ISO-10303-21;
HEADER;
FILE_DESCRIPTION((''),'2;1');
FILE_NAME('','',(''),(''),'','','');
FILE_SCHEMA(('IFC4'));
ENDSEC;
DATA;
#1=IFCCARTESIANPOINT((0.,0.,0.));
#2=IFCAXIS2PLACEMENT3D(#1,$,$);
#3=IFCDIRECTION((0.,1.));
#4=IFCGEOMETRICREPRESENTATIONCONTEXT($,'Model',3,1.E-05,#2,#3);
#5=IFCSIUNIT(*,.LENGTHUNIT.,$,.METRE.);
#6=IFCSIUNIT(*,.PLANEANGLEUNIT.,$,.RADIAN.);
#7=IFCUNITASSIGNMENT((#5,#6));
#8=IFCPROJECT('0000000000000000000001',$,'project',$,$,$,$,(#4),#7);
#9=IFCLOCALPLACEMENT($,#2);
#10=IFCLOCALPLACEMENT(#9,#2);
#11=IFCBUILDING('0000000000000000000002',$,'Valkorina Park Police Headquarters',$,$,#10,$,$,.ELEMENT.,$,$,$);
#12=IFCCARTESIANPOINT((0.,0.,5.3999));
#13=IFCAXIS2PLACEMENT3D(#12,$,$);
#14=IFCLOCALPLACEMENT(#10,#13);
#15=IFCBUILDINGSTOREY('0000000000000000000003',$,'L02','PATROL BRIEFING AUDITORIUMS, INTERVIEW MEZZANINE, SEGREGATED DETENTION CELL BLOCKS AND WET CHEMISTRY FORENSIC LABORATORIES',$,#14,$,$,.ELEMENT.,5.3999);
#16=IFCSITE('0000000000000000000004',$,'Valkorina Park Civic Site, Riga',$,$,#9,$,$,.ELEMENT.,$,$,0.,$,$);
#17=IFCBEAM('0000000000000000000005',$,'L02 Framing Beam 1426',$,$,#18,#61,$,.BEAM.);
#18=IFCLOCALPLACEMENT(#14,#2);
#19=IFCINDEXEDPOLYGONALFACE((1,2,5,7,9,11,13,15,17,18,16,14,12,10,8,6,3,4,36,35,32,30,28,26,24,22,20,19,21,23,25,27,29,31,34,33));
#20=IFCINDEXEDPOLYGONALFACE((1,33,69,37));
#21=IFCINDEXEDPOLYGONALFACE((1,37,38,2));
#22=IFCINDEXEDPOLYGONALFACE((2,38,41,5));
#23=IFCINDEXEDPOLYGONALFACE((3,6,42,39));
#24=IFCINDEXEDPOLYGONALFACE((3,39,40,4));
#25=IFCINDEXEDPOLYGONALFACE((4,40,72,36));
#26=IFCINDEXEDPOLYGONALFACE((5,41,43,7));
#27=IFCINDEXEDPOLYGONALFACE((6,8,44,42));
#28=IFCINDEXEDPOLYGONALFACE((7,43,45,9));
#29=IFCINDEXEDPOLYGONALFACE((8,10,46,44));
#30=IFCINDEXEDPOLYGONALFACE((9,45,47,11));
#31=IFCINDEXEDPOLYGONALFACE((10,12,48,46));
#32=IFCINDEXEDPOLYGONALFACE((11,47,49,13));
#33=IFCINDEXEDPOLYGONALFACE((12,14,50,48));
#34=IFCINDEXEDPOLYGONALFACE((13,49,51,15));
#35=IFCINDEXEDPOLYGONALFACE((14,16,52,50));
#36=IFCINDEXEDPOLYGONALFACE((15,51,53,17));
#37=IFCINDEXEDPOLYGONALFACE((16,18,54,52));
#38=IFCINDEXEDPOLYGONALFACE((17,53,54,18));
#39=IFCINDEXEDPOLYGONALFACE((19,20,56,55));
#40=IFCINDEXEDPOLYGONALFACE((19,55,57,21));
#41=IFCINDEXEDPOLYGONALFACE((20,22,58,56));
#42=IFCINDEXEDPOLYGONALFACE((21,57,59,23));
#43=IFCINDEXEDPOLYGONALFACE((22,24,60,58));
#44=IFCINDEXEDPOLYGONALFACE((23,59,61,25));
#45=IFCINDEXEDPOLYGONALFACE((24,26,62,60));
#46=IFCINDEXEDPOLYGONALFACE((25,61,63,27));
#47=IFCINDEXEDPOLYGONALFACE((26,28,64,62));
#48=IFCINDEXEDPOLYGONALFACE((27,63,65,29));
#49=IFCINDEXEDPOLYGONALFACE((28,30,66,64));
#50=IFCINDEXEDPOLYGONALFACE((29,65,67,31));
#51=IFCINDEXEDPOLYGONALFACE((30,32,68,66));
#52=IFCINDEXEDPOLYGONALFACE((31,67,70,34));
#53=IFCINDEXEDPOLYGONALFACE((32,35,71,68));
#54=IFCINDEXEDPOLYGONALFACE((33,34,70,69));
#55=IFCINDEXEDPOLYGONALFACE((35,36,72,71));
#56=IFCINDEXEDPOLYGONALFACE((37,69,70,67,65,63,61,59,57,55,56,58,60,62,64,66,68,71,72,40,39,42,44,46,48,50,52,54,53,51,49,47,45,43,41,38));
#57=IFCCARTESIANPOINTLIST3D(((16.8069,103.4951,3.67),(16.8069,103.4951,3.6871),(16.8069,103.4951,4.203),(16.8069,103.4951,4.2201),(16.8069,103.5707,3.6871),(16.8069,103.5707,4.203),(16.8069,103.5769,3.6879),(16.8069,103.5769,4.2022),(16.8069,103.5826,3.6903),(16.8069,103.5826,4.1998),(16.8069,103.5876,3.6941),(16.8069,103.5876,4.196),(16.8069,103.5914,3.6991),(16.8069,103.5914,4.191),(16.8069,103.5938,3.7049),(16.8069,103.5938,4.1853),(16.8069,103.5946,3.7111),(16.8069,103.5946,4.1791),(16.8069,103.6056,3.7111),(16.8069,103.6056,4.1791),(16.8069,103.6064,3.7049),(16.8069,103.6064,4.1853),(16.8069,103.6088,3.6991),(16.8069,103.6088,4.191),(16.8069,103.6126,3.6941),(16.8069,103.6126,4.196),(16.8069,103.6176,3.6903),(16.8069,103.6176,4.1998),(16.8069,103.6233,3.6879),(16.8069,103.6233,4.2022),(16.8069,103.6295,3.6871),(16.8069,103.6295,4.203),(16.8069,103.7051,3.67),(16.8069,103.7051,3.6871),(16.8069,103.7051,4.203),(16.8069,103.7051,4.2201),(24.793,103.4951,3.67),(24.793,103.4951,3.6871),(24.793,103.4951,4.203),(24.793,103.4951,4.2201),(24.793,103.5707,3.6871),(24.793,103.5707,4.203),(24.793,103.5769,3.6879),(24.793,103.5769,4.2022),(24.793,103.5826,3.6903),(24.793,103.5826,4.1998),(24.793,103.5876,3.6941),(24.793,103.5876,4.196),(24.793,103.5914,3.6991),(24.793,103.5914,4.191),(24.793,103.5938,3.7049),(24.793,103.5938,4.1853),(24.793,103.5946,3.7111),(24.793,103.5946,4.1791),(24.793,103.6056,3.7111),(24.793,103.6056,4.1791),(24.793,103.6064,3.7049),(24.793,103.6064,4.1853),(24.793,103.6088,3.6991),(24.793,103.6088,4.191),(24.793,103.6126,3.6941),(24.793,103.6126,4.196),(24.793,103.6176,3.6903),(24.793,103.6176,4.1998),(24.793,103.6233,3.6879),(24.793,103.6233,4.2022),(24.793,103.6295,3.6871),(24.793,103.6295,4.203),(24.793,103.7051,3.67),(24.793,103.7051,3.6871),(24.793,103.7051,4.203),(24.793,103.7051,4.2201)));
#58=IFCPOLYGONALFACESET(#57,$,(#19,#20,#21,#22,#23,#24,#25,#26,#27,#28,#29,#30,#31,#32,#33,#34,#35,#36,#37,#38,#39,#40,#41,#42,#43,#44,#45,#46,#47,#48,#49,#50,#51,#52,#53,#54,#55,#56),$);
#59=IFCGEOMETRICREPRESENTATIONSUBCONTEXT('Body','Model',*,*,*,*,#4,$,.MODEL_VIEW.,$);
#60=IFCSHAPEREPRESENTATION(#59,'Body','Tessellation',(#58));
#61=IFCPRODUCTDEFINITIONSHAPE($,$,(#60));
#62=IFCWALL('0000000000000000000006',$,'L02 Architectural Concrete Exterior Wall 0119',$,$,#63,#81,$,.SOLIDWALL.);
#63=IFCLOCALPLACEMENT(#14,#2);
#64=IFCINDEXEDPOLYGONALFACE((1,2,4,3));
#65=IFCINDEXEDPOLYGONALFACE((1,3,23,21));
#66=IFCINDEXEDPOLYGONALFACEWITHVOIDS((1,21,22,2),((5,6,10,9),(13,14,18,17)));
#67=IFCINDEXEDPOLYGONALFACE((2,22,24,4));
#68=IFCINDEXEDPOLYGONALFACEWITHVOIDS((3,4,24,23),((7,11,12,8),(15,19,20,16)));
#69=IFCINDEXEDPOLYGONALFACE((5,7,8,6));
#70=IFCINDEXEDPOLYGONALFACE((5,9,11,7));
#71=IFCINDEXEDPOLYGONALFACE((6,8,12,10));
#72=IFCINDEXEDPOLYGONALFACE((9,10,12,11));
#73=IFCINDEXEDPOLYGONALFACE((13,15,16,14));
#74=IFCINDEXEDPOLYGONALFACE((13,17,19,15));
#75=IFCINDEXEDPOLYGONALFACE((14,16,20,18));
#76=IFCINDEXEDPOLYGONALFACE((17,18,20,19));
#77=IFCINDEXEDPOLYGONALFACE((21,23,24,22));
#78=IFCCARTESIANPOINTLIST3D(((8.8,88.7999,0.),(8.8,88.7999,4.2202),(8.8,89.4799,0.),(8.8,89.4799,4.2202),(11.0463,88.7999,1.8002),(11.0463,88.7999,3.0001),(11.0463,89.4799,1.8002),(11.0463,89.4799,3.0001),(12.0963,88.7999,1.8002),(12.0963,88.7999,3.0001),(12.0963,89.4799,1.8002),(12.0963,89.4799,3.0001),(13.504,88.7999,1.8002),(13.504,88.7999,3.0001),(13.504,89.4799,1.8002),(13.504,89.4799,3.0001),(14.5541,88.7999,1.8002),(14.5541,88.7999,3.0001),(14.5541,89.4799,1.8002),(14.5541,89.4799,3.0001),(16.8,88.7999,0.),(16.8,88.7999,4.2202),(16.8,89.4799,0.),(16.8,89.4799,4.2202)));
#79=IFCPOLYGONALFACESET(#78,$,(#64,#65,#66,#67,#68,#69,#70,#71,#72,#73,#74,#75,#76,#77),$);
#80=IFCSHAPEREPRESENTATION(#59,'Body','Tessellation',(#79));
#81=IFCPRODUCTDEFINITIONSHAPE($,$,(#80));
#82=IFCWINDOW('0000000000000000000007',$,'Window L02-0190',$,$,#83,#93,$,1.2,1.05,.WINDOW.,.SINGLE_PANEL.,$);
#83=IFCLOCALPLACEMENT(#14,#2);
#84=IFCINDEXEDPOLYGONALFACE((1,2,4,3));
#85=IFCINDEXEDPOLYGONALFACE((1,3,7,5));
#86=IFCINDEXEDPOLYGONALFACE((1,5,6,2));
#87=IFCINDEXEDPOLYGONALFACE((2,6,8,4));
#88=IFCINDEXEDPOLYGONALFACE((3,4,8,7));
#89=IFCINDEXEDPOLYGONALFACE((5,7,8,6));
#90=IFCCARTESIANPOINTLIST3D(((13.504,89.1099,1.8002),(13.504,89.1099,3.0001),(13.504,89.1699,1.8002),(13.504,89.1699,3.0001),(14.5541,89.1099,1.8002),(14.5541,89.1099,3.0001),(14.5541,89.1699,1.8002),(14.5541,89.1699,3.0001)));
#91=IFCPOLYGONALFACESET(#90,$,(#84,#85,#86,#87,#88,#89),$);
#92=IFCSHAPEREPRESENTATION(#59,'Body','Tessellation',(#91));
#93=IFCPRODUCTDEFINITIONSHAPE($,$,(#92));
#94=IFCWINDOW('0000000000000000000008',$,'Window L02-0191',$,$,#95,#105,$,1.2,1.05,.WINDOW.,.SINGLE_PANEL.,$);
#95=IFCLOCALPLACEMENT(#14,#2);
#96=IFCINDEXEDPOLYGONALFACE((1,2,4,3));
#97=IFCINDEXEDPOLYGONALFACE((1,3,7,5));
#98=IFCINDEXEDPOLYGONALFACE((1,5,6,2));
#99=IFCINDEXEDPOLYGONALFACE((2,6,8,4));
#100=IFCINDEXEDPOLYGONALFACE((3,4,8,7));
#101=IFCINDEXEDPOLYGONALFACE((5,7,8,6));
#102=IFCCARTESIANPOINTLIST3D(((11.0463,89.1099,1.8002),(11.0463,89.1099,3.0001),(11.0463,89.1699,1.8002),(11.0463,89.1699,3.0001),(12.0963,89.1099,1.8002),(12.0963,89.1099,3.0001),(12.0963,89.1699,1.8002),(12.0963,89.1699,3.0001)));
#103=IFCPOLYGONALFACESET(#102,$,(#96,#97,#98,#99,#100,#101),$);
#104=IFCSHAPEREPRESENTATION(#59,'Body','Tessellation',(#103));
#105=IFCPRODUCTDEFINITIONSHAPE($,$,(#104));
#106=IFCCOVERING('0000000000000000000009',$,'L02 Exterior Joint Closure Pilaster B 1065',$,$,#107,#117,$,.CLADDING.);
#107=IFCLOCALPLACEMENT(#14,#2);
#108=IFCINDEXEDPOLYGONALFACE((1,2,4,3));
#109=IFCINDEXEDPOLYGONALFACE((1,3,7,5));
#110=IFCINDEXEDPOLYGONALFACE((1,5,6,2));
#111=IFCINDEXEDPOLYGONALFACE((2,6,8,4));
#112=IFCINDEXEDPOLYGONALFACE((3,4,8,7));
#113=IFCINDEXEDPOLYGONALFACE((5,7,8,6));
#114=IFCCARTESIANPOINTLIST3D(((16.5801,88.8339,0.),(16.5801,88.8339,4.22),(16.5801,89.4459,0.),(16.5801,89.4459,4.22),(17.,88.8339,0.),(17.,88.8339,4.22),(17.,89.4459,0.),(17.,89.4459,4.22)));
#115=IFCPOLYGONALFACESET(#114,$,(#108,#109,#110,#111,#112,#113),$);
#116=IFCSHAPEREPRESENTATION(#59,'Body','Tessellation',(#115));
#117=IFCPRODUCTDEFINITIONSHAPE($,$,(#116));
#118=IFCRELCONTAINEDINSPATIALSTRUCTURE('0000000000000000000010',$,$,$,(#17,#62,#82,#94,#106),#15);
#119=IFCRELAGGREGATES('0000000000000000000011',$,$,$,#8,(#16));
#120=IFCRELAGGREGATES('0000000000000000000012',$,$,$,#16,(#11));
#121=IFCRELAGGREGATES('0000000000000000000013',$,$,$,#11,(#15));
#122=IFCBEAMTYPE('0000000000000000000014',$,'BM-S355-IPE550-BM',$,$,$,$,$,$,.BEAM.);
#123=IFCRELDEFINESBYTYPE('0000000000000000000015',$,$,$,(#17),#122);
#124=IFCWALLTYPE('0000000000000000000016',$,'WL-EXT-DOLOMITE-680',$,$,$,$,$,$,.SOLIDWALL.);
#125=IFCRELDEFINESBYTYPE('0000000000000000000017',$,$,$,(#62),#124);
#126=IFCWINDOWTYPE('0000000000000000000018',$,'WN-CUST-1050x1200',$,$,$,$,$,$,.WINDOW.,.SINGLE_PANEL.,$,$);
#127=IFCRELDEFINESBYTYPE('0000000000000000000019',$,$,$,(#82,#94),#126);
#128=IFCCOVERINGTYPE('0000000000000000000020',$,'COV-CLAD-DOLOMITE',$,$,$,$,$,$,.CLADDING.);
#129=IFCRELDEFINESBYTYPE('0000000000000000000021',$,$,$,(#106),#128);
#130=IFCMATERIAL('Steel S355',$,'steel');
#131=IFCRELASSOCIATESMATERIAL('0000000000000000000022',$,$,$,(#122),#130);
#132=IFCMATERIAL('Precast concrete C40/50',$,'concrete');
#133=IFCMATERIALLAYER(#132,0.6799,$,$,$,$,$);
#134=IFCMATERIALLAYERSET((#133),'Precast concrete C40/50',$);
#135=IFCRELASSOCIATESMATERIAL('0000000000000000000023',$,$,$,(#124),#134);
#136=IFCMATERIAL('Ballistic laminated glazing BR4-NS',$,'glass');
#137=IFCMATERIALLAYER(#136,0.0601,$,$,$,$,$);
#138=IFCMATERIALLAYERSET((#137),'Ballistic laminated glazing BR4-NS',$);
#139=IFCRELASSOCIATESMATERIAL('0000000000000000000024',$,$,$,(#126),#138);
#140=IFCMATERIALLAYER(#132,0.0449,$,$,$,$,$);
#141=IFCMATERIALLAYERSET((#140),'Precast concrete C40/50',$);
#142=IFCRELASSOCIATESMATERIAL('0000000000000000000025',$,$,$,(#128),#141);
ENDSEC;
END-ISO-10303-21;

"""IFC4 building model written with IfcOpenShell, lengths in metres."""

from ifc_helpers import new_model, si_unit, direction, frame, frame_2d, origin, origin_2d, place, context, subcontext, project, spatial, rectangle, i_section, extrude, material, layer, layer_set, material_profile, profile_set, type_object, element, fill, save


model = new_model("IFC4")

# Units and contexts
model_context = context("Model", 3, precision=1e-05, world=origin(), true_north=direction((0.0, 1.0)))
body_context = subcontext(model_context, "Body", "Model", "MODEL_VIEW")
ifc_project = project(units=[si_unit("LENGTHUNIT", "METRE"), si_unit("PLANEANGLEUNIT", "RADIAN")], contexts=[model_context])

# Site, building, storey
site_placement = place(None, origin())
site = spatial("IfcSite", under=ifc_project, at=site_placement, Name="Valkorina Park Civic Site, Riga", CompositionType="ELEMENT", RefElevation=0.0)
building_placement = place(site_placement, origin())
building = spatial("IfcBuilding", under=site, at=building_placement, Name="Valkorina Park Police Headquarters", CompositionType="ELEMENT")
storey_placement = place(building_placement, frame((0.0, 0.0, 5.3999)))
storey = spatial("IfcBuildingStorey", under=building, at=storey_placement, Name="L02", Description="PATROL BRIEFING AUDITORIUMS, INTERVIEW MEZZANINE, SEGREGATED DETENTION CELL BLOCKS AND WET CHEMISTRY FORENSIC LABORATORIES", CompositionType="ELEMENT", Elevation=5.3999)

# Shared definitions
ifc_material_1 = material(Name="Steel S355", Category="steel")

# Beam
ifc_material_profile_1 = material_profile(ifc_material_1, i_section(OverallWidth=0.21, OverallDepth=0.55, WebThickness=0.011, FlangeThickness=0.0171, FilletRadius=0.0239, at=origin_2d()), Name="IPE 550")
ifc_profile_set_1 = profile_set([ifc_material_profile_1], Name="Steel S355")
beam_type_1 = type_object("IfcBeamType", Name="BM-S355-IPE550-BM", PredefinedType="BEAM", material=ifc_profile_set_1)
for number, where, z_axis, x_axis, name in (
    (1, (16.8069, 103.6001, 3.9451), (1.0, 0.0, 0.0), (0.0, 1.0, 0.0), "L02 Framing Beam 1426"),
):
    element("IfcBeam", number, at=place(storey_placement, frame(where, z_axis=z_axis, x_axis=x_axis)), inside=storey, type_object=beam_type_1, Name=name, PredefinedType="BEAM", context=body_context, shape_type="SweptSolid", body=[
        extrude(i_section(OverallWidth=0.21, OverallDepth=0.55, WebThickness=0.011, FlangeThickness=0.0171, FilletRadius=0.0239, at=origin_2d()), origin(), (0.0, 0.0, 1.0), 7.9861),
    ])

# Wall, openings, windows
ifc_material_2 = material(Name="Precast concrete C40/50", Category="concrete")
ifc_layer_1 = layer(ifc_material_2, 0.6799)
ifc_layer_set_1 = layer_set([ifc_layer_1], Name="Precast concrete C40/50")
wall_type = type_object("IfcWallType", Name="WL-EXT-DOLOMITE-680", PredefinedType="SOLIDWALL", material=ifc_layer_set_1)
wall_placement = place(storey_placement, frame((16.8, 89.1399, 0.0), z_axis=(0.0, 0.0, 1.0), x_axis=(-1.0, 0.0, 0.0)))
wall = element("IfcWall", 2, at=wall_placement, inside=storey, type_object=wall_type, Name="L02 Architectural Concrete Exterior Wall 0119", PredefinedType="SOLIDWALL", context=body_context, shape_type="SweptSolid", body=[
    extrude(rectangle(XDim=8.0, YDim=0.6799, at=frame_2d((4.0, 0.0))), origin(), (0.0, 0.0, 1.0), 4.2202),
])
opening_1_placement = place(wall_placement, frame((2.2461, 0.0, 1.8)))
opening_1 = element("IfcOpeningElement", 3, at=opening_1_placement, cuts=wall, PredefinedType="OPENING", context=body_context, shape_type="SweptSolid", body=[
    extrude(rectangle(XDim=1.05, YDim=1.2, at=frame_2d((0.5249, 0.6001))), frame((0.0, 0.3501, 0.0), z_axis=(0.0, -1.0, 0.0), x_axis=(1.0, 0.0, 0.0)), (0.0, 0.0, 1.0), 0.7),
])
opening_2_placement = place(wall_placement, frame((4.7039, 0.0, 1.8)))
opening_2 = element("IfcOpeningElement", 4, at=opening_2_placement, cuts=wall, PredefinedType="OPENING", context=body_context, shape_type="SweptSolid", body=[
    extrude(rectangle(XDim=1.05, YDim=1.2, at=frame_2d((0.5249, 0.6001))), frame((0.0, 0.3501, 0.0), z_axis=(0.0, -1.0, 0.0), x_axis=(1.0, 0.0, 0.0)), (0.0, 0.0, 1.0), 0.7),
])
ifc_material_3 = material(Name="Ballistic laminated glazing BR4-NS", Category="glass")
ifc_layer_2 = layer(ifc_material_3, 0.0601)
ifc_layer_set_2 = layer_set([ifc_layer_2], Name="Ballistic laminated glazing BR4-NS")
window_type = type_object("IfcWindowType", Name="WN-CUST-1050x1200", PartitioningType="SINGLE_PANEL", PredefinedType="WINDOW", material=ifc_layer_set_2)
window_1_placement = place(opening_1_placement, origin())
window_1 = element("IfcWindow", 5, at=window_1_placement, inside=storey, type_object=window_type, Name="Window L02-0190", OverallHeight=1.2, OverallWidth=1.05, PartitioningType="SINGLE_PANEL", PredefinedType="WINDOW", context=body_context, shape_type="SweptSolid", body=[
    extrude(rectangle(XDim=1.05, YDim=1.2, at=frame_2d((0.5249, 0.6001))), frame((0.0, 0.03, 0.0), z_axis=(0.0, -1.0, 0.0), x_axis=(1.0, 0.0, 0.0)), (0.0, 0.0, 1.0), 0.0601),
])
fill(opening_1, window_1)
window_2_placement = place(opening_2_placement, origin())
window_2 = element("IfcWindow", 6, at=window_2_placement, inside=storey, type_object=window_type, Name="Window L02-0191", OverallHeight=1.2, OverallWidth=1.05, PartitioningType="SINGLE_PANEL", PredefinedType="WINDOW", context=body_context, shape_type="SweptSolid", body=[
    extrude(rectangle(XDim=1.05, YDim=1.2, at=frame_2d((0.5249, 0.6001))), frame((0.0, 0.03, 0.0), z_axis=(0.0, -1.0, 0.0), x_axis=(1.0, 0.0, 0.0)), (0.0, 0.0, 1.0), 0.0601),
])
fill(opening_2, window_2)

# Covering
ifc_layer_3 = layer(ifc_material_2, 0.0449)
ifc_layer_set_3 = layer_set([ifc_layer_3], Name="Precast concrete C40/50")
covering_type = type_object("IfcCoveringType", Name="COV-CLAD-DOLOMITE", PredefinedType="CLADDING", material=ifc_layer_set_3)
covering_placement = place(storey_placement, frame((16.79, 89.1399, 0.0), z_axis=(0.0, 0.0, 1.0), x_axis=(1.0, 0.0, 0.0)))
element("IfcCovering", 7, at=covering_placement, inside=storey, type_object=covering_type, Name="L02 Exterior Joint Closure Pilaster B 1065", PredefinedType="CLADDING", context=body_context, shape_type="SweptSolid", body=[
    extrude(rectangle(XDim=0.4199, YDim=0.6121, at=origin_2d()), origin(), (0.0, 0.0, 1.0), 4.22),
])

save(model, "model.ifc")
